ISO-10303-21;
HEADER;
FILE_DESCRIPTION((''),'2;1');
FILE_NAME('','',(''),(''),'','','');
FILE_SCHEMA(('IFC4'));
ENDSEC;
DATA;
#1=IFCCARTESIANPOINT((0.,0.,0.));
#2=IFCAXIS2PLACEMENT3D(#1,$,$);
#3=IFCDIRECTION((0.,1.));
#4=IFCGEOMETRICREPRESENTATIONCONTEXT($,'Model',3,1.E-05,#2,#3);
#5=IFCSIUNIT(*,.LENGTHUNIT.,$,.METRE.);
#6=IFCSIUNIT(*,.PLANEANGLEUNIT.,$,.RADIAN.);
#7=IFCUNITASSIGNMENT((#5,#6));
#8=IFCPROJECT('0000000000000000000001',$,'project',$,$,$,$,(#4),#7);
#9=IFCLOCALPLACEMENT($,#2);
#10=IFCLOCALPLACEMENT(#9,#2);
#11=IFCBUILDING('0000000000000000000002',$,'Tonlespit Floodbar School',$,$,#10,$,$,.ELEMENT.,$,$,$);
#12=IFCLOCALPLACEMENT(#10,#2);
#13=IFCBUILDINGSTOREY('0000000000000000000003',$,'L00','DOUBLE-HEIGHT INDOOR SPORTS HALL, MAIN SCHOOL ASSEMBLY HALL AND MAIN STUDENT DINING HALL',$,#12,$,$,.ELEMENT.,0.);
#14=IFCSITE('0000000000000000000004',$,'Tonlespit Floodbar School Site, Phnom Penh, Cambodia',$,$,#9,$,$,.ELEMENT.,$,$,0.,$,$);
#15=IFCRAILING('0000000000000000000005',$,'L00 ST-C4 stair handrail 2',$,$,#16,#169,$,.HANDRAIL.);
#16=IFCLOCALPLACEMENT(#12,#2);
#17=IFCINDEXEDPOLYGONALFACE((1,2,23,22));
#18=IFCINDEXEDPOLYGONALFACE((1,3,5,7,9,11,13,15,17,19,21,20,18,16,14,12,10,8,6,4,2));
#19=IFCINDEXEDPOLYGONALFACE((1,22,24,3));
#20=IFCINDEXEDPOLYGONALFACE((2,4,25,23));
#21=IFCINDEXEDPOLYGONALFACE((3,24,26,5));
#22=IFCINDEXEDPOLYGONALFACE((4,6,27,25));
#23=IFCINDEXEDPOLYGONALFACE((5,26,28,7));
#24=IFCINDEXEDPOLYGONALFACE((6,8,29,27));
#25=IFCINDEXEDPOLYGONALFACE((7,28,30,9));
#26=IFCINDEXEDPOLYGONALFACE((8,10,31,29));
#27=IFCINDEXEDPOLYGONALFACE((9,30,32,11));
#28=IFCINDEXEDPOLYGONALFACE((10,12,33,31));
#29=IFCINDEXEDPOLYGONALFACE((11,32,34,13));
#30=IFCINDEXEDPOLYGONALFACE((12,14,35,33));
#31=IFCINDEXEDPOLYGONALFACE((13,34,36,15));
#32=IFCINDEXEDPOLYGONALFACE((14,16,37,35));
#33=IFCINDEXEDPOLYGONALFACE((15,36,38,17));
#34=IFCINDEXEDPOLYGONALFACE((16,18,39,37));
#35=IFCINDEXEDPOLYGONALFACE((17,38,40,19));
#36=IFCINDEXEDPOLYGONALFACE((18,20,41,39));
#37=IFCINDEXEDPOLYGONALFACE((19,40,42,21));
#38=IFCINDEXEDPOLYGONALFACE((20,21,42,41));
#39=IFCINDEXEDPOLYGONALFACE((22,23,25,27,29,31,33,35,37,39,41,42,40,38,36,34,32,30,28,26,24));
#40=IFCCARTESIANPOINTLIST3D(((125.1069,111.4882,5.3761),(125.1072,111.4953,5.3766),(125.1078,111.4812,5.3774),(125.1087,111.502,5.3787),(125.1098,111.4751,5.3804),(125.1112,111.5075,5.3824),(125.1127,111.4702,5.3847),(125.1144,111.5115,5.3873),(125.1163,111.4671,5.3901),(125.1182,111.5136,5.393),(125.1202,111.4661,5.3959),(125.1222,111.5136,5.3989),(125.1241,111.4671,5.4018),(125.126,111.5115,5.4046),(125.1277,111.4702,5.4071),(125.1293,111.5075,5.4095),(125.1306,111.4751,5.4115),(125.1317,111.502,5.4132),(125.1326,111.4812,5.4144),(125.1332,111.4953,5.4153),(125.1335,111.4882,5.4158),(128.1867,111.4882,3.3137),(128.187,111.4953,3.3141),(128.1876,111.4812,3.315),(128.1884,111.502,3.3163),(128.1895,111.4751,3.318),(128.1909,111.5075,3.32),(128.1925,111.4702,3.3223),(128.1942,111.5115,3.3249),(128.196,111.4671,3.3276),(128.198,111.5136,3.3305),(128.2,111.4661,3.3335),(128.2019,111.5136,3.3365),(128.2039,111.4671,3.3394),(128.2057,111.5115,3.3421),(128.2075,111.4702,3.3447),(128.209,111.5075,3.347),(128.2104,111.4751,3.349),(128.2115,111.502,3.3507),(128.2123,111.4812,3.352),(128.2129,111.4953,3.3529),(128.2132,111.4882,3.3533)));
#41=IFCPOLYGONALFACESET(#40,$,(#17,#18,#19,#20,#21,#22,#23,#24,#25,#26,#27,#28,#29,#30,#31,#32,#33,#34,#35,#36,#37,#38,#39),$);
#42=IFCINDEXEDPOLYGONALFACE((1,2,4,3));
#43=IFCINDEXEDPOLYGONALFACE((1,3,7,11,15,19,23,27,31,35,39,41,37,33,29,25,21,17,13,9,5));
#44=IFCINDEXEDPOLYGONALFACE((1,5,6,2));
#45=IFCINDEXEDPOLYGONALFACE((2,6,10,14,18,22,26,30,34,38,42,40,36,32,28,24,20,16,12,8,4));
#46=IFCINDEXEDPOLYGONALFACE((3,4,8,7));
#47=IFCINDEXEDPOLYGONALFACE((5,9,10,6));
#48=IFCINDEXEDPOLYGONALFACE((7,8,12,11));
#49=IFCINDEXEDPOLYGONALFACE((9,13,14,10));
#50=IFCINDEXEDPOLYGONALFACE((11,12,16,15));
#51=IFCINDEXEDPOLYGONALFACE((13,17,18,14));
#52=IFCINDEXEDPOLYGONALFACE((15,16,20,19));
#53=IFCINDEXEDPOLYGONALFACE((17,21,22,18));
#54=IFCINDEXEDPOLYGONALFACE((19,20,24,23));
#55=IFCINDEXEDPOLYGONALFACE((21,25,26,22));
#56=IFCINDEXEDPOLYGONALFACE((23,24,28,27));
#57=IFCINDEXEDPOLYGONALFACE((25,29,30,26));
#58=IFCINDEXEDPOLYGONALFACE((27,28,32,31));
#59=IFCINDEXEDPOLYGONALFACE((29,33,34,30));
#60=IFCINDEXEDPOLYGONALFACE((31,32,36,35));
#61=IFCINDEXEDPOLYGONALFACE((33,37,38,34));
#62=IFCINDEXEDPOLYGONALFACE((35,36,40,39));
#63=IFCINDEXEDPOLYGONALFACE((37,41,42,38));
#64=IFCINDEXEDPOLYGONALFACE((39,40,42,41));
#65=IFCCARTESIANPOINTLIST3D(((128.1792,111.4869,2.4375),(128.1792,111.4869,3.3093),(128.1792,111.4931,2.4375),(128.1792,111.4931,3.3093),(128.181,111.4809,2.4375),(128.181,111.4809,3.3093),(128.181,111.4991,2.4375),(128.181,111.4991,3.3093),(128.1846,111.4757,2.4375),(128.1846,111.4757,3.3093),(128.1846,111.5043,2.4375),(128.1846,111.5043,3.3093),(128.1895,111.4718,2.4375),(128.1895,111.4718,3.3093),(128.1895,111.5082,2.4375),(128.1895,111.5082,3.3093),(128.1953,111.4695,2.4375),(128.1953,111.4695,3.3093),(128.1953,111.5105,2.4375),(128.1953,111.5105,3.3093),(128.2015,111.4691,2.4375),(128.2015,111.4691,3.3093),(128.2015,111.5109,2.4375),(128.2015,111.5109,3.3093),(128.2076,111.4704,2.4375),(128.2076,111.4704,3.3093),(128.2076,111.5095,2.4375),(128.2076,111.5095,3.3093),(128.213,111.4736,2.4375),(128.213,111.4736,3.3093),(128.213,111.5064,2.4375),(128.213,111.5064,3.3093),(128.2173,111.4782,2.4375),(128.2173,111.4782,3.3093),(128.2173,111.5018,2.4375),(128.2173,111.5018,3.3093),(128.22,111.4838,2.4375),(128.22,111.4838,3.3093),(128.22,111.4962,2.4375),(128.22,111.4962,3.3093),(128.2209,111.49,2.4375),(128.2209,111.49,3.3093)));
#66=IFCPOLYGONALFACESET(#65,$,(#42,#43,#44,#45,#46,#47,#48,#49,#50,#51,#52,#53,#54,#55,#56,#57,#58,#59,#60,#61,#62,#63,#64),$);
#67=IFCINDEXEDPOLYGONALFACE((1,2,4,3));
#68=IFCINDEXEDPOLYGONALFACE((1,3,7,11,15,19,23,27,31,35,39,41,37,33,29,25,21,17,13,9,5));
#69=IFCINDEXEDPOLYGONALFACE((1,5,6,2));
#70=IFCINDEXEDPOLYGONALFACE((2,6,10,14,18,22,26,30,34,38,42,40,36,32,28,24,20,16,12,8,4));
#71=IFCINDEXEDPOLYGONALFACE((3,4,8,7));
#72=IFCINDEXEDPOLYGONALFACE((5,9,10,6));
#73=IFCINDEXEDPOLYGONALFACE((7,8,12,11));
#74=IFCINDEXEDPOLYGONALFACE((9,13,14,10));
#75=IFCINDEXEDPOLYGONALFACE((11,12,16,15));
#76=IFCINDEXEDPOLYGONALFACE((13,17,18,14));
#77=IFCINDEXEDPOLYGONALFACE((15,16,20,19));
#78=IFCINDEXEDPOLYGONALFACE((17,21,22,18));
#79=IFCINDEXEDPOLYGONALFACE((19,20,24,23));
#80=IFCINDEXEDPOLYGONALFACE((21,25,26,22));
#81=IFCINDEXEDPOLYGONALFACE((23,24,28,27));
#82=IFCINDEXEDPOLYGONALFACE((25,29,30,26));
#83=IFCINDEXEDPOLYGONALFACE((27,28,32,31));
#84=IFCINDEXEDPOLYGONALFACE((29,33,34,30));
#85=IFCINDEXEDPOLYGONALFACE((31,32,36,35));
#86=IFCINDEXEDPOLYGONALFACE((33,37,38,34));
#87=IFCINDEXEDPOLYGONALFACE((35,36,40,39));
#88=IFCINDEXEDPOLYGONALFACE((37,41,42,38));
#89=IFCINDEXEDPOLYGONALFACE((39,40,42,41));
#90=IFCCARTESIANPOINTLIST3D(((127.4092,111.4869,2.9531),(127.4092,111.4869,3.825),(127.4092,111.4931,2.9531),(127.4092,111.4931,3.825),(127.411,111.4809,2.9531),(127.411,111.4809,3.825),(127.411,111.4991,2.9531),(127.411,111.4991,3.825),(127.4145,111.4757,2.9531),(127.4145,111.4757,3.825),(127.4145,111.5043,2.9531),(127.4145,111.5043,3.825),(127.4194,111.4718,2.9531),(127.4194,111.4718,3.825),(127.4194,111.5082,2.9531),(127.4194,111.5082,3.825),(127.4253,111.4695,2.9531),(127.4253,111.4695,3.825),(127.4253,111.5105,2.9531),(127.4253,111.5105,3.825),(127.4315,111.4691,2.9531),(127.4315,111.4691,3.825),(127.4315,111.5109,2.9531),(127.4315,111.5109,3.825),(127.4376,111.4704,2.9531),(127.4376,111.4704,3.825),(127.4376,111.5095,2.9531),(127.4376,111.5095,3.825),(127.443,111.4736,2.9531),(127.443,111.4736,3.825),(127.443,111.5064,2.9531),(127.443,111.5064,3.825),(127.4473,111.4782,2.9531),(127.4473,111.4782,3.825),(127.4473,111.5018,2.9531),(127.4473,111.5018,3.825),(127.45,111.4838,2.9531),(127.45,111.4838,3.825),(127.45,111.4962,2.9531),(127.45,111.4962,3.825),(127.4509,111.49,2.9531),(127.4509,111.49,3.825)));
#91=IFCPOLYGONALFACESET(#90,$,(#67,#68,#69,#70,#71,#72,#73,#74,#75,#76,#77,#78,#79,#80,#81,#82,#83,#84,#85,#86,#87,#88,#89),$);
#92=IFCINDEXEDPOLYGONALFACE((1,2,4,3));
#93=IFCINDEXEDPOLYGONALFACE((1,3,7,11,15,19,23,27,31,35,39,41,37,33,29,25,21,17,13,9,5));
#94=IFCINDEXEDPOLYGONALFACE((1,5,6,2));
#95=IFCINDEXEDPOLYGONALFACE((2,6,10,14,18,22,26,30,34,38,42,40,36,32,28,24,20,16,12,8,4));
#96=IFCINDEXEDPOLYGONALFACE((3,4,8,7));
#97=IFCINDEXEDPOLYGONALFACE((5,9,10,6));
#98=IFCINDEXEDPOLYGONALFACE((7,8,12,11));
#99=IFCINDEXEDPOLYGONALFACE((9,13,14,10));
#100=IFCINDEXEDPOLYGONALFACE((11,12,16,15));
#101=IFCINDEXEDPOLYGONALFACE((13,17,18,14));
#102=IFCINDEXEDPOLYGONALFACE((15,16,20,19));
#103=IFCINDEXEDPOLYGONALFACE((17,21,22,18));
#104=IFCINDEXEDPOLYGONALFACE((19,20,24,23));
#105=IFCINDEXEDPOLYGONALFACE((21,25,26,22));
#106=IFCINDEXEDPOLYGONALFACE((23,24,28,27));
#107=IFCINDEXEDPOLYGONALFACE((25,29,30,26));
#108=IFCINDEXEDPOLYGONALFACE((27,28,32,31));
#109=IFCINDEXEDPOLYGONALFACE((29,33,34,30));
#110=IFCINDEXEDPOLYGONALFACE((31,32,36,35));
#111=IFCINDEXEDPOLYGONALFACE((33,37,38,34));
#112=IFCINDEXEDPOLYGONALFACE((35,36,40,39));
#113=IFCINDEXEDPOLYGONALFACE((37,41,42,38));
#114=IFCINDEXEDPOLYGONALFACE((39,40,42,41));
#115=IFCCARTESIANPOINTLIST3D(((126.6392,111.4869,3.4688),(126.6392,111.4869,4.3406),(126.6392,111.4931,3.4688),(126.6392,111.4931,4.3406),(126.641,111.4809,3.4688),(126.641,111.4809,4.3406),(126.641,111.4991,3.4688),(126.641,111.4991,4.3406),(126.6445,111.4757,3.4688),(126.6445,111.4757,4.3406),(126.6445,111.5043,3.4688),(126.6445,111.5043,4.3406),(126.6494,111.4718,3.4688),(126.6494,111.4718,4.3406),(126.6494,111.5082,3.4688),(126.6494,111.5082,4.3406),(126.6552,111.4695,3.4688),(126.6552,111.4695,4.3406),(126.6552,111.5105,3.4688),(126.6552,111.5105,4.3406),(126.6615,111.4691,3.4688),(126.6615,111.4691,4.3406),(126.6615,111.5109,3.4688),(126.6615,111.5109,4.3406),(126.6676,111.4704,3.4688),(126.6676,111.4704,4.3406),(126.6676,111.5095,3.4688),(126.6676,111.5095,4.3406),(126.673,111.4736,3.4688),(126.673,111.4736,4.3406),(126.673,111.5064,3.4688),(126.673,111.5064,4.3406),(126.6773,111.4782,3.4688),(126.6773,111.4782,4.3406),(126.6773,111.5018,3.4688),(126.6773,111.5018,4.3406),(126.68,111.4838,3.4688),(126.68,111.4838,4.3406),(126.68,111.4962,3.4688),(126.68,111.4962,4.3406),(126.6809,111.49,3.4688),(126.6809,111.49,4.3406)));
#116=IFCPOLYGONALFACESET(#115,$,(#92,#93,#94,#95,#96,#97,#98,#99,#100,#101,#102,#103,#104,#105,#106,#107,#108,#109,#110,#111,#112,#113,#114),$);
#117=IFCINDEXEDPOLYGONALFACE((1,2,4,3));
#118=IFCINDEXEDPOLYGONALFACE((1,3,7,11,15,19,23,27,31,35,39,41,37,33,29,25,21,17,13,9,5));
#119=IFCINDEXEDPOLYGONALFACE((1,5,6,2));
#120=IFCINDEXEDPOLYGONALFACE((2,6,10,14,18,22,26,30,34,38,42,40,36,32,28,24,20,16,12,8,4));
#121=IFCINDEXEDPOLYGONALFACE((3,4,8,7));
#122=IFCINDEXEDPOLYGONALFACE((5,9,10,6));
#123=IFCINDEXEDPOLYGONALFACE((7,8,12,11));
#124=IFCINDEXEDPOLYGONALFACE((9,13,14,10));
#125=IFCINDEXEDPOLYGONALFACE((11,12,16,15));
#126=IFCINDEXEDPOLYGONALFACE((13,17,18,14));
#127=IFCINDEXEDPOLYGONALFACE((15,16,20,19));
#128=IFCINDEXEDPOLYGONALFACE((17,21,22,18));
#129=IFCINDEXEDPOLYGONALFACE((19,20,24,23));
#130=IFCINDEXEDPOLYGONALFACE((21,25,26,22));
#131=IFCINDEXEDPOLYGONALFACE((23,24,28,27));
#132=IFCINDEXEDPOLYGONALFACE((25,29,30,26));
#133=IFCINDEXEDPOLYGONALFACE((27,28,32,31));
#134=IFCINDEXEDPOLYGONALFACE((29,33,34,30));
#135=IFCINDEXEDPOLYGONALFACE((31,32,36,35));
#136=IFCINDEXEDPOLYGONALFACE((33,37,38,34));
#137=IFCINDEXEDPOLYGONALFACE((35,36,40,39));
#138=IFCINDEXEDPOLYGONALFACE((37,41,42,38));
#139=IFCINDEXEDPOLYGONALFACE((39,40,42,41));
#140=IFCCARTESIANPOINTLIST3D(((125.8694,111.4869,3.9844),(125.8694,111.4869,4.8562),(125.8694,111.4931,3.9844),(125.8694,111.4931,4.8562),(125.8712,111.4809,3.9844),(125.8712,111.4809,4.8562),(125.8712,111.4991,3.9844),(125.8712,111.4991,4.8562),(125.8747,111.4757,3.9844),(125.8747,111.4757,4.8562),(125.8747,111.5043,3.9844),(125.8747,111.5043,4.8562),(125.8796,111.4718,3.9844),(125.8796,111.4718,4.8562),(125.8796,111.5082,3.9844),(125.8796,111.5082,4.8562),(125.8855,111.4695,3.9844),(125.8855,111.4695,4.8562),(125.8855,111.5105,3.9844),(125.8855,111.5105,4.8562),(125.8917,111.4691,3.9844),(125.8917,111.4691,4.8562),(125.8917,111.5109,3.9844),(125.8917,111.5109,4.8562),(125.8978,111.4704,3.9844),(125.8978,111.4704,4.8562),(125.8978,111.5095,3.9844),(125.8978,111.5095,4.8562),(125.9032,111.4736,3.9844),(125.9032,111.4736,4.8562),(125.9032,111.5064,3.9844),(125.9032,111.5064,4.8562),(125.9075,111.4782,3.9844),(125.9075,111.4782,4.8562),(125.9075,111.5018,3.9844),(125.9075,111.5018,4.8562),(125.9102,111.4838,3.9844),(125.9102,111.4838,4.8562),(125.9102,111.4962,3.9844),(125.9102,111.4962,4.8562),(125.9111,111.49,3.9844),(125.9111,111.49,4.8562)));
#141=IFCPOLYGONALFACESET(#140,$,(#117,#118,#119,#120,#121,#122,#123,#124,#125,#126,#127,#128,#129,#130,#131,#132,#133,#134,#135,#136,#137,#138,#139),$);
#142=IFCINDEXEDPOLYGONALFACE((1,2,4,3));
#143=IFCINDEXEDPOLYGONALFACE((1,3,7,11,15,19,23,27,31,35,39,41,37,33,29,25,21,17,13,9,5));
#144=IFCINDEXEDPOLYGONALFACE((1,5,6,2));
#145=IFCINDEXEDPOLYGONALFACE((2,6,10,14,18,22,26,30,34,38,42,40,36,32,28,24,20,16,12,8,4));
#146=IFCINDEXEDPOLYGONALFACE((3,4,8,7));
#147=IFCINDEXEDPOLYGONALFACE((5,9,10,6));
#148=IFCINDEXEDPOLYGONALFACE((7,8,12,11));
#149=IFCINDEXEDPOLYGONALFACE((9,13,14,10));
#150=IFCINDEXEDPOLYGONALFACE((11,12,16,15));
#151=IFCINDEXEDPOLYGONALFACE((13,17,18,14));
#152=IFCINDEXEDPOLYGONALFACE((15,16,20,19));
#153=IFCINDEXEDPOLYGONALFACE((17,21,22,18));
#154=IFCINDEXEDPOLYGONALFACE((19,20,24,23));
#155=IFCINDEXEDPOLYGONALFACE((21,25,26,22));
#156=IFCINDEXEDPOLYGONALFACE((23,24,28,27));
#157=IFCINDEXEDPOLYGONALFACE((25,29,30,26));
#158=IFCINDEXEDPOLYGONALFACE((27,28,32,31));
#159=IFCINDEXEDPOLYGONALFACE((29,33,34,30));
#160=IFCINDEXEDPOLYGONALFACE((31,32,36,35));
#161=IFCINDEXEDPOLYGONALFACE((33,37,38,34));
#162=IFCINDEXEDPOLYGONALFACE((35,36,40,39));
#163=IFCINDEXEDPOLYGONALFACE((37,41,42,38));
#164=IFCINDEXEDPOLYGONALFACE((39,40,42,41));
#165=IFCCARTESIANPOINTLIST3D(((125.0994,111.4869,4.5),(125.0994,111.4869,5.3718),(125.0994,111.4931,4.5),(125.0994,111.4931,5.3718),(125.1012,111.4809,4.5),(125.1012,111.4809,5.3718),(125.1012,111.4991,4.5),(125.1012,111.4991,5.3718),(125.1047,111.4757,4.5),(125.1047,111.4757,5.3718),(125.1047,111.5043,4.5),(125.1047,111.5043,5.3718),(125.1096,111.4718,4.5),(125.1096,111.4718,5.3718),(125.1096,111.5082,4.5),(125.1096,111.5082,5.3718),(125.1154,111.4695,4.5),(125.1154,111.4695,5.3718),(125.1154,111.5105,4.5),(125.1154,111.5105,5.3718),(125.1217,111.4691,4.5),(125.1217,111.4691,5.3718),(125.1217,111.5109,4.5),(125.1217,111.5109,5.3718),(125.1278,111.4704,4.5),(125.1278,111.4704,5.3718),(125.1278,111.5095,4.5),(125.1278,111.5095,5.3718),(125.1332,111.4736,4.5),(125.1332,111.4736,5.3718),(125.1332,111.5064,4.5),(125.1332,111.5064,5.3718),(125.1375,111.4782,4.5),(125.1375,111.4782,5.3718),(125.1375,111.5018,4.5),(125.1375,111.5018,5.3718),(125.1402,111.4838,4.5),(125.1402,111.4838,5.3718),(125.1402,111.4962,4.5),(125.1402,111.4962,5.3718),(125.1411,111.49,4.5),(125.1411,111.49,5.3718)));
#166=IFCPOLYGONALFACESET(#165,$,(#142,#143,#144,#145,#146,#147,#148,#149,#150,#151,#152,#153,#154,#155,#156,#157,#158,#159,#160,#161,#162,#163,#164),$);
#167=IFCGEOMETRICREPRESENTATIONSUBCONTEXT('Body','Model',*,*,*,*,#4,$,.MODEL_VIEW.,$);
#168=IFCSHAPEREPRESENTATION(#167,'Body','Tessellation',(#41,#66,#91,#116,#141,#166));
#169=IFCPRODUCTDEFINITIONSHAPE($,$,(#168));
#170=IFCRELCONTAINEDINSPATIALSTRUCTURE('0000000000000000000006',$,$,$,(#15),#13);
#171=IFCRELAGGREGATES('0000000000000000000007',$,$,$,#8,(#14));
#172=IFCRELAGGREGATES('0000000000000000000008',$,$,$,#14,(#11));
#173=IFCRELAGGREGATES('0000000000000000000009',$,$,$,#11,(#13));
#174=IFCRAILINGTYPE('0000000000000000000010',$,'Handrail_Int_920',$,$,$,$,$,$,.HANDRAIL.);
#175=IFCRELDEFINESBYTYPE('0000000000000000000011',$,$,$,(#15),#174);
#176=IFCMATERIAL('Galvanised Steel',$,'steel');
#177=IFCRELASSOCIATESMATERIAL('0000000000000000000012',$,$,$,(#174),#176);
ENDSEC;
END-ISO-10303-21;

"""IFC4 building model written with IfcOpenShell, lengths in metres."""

from ifc_helpers import new_model, si_unit, direction, frame, origin, origin_2d, place, context, subcontext, project, spatial, circle, extrude, material, type_object, element, save


model = new_model("IFC4")

# Units and contexts
model_context = context("Model", 3, precision=1e-05, world=origin(), true_north=direction((0.0, 1.0)))
body_context = subcontext(model_context, "Body", "Model", "MODEL_VIEW")
ifc_project = project(units=[si_unit("LENGTHUNIT", "METRE"), si_unit("PLANEANGLEUNIT", "RADIAN")], contexts=[model_context])

# Site, building, storey
site_placement = place(None, origin())
site = spatial("IfcSite", under=ifc_project, at=site_placement, Name="Tonlespit Floodbar School Site, Phnom Penh, Cambodia", CompositionType="ELEMENT", RefElevation=0.0)
building_placement = place(site_placement, origin())
building = spatial("IfcBuilding", under=site, at=building_placement, Name="Tonlespit Floodbar School", CompositionType="ELEMENT")
storey_placement = place(building_placement, origin())
storey = spatial("IfcBuildingStorey", under=building, at=storey_placement, Name="L00", Description="DOUBLE-HEIGHT INDOOR SPORTS HALL, MAIN SCHOOL ASSEMBLY HALL AND MAIN STUDENT DINING HALL", CompositionType="ELEMENT", Elevation=0.0)

# Railing
ifc_material_1 = material(Name="Galvanised Steel", Category="steel")
railing_type_1 = type_object("IfcRailingType", Name="Handrail_Int_920", PredefinedType="HANDRAIL", material=ifc_material_1)
railing_1_placement = place(storey_placement, frame((128.2, 111.49, 2.4375)))
element("IfcRailing", 1, at=railing_1_placement, inside=storey, type_object=railing_type_1, Name="L00 ST-C4 stair handrail 2", PredefinedType="HANDRAIL", context=body_context, shape_type="SweptSolid", body=[
    extrude(circle(Radius=0.0239, at=origin_2d()), frame((0.0, 0.0, 0.896), z_axis=(-0.830893, 0.0, 0.556432), x_axis=(0.0, -1.0, 0.0)), (0.0, 0.0, 1.0), 3.7065),
    extrude(circle(Radius=0.021, at=origin_2d()), origin(), (0.0, 0.0, 1.0), 0.8718),
    extrude(circle(Radius=0.021, at=origin_2d()), frame((-0.77, 0.0, 0.5156)), (0.0, 0.0, 1.0), 0.8718),
    extrude(circle(Radius=0.021, at=origin_2d()), frame((-1.54, 0.0, 1.0312)), (0.0, 0.0, 1.0), 0.8718),
    extrude(circle(Radius=0.021, at=origin_2d()), frame((-2.3098, 0.0, 1.5469)), (0.0, 0.0, 1.0), 0.8718),
    extrude(circle(Radius=0.021, at=origin_2d()), frame((-3.0798, 0.0, 2.0625)), (0.0, 0.0, 1.0), 0.8718),
])

save(model, "model.ifc")
